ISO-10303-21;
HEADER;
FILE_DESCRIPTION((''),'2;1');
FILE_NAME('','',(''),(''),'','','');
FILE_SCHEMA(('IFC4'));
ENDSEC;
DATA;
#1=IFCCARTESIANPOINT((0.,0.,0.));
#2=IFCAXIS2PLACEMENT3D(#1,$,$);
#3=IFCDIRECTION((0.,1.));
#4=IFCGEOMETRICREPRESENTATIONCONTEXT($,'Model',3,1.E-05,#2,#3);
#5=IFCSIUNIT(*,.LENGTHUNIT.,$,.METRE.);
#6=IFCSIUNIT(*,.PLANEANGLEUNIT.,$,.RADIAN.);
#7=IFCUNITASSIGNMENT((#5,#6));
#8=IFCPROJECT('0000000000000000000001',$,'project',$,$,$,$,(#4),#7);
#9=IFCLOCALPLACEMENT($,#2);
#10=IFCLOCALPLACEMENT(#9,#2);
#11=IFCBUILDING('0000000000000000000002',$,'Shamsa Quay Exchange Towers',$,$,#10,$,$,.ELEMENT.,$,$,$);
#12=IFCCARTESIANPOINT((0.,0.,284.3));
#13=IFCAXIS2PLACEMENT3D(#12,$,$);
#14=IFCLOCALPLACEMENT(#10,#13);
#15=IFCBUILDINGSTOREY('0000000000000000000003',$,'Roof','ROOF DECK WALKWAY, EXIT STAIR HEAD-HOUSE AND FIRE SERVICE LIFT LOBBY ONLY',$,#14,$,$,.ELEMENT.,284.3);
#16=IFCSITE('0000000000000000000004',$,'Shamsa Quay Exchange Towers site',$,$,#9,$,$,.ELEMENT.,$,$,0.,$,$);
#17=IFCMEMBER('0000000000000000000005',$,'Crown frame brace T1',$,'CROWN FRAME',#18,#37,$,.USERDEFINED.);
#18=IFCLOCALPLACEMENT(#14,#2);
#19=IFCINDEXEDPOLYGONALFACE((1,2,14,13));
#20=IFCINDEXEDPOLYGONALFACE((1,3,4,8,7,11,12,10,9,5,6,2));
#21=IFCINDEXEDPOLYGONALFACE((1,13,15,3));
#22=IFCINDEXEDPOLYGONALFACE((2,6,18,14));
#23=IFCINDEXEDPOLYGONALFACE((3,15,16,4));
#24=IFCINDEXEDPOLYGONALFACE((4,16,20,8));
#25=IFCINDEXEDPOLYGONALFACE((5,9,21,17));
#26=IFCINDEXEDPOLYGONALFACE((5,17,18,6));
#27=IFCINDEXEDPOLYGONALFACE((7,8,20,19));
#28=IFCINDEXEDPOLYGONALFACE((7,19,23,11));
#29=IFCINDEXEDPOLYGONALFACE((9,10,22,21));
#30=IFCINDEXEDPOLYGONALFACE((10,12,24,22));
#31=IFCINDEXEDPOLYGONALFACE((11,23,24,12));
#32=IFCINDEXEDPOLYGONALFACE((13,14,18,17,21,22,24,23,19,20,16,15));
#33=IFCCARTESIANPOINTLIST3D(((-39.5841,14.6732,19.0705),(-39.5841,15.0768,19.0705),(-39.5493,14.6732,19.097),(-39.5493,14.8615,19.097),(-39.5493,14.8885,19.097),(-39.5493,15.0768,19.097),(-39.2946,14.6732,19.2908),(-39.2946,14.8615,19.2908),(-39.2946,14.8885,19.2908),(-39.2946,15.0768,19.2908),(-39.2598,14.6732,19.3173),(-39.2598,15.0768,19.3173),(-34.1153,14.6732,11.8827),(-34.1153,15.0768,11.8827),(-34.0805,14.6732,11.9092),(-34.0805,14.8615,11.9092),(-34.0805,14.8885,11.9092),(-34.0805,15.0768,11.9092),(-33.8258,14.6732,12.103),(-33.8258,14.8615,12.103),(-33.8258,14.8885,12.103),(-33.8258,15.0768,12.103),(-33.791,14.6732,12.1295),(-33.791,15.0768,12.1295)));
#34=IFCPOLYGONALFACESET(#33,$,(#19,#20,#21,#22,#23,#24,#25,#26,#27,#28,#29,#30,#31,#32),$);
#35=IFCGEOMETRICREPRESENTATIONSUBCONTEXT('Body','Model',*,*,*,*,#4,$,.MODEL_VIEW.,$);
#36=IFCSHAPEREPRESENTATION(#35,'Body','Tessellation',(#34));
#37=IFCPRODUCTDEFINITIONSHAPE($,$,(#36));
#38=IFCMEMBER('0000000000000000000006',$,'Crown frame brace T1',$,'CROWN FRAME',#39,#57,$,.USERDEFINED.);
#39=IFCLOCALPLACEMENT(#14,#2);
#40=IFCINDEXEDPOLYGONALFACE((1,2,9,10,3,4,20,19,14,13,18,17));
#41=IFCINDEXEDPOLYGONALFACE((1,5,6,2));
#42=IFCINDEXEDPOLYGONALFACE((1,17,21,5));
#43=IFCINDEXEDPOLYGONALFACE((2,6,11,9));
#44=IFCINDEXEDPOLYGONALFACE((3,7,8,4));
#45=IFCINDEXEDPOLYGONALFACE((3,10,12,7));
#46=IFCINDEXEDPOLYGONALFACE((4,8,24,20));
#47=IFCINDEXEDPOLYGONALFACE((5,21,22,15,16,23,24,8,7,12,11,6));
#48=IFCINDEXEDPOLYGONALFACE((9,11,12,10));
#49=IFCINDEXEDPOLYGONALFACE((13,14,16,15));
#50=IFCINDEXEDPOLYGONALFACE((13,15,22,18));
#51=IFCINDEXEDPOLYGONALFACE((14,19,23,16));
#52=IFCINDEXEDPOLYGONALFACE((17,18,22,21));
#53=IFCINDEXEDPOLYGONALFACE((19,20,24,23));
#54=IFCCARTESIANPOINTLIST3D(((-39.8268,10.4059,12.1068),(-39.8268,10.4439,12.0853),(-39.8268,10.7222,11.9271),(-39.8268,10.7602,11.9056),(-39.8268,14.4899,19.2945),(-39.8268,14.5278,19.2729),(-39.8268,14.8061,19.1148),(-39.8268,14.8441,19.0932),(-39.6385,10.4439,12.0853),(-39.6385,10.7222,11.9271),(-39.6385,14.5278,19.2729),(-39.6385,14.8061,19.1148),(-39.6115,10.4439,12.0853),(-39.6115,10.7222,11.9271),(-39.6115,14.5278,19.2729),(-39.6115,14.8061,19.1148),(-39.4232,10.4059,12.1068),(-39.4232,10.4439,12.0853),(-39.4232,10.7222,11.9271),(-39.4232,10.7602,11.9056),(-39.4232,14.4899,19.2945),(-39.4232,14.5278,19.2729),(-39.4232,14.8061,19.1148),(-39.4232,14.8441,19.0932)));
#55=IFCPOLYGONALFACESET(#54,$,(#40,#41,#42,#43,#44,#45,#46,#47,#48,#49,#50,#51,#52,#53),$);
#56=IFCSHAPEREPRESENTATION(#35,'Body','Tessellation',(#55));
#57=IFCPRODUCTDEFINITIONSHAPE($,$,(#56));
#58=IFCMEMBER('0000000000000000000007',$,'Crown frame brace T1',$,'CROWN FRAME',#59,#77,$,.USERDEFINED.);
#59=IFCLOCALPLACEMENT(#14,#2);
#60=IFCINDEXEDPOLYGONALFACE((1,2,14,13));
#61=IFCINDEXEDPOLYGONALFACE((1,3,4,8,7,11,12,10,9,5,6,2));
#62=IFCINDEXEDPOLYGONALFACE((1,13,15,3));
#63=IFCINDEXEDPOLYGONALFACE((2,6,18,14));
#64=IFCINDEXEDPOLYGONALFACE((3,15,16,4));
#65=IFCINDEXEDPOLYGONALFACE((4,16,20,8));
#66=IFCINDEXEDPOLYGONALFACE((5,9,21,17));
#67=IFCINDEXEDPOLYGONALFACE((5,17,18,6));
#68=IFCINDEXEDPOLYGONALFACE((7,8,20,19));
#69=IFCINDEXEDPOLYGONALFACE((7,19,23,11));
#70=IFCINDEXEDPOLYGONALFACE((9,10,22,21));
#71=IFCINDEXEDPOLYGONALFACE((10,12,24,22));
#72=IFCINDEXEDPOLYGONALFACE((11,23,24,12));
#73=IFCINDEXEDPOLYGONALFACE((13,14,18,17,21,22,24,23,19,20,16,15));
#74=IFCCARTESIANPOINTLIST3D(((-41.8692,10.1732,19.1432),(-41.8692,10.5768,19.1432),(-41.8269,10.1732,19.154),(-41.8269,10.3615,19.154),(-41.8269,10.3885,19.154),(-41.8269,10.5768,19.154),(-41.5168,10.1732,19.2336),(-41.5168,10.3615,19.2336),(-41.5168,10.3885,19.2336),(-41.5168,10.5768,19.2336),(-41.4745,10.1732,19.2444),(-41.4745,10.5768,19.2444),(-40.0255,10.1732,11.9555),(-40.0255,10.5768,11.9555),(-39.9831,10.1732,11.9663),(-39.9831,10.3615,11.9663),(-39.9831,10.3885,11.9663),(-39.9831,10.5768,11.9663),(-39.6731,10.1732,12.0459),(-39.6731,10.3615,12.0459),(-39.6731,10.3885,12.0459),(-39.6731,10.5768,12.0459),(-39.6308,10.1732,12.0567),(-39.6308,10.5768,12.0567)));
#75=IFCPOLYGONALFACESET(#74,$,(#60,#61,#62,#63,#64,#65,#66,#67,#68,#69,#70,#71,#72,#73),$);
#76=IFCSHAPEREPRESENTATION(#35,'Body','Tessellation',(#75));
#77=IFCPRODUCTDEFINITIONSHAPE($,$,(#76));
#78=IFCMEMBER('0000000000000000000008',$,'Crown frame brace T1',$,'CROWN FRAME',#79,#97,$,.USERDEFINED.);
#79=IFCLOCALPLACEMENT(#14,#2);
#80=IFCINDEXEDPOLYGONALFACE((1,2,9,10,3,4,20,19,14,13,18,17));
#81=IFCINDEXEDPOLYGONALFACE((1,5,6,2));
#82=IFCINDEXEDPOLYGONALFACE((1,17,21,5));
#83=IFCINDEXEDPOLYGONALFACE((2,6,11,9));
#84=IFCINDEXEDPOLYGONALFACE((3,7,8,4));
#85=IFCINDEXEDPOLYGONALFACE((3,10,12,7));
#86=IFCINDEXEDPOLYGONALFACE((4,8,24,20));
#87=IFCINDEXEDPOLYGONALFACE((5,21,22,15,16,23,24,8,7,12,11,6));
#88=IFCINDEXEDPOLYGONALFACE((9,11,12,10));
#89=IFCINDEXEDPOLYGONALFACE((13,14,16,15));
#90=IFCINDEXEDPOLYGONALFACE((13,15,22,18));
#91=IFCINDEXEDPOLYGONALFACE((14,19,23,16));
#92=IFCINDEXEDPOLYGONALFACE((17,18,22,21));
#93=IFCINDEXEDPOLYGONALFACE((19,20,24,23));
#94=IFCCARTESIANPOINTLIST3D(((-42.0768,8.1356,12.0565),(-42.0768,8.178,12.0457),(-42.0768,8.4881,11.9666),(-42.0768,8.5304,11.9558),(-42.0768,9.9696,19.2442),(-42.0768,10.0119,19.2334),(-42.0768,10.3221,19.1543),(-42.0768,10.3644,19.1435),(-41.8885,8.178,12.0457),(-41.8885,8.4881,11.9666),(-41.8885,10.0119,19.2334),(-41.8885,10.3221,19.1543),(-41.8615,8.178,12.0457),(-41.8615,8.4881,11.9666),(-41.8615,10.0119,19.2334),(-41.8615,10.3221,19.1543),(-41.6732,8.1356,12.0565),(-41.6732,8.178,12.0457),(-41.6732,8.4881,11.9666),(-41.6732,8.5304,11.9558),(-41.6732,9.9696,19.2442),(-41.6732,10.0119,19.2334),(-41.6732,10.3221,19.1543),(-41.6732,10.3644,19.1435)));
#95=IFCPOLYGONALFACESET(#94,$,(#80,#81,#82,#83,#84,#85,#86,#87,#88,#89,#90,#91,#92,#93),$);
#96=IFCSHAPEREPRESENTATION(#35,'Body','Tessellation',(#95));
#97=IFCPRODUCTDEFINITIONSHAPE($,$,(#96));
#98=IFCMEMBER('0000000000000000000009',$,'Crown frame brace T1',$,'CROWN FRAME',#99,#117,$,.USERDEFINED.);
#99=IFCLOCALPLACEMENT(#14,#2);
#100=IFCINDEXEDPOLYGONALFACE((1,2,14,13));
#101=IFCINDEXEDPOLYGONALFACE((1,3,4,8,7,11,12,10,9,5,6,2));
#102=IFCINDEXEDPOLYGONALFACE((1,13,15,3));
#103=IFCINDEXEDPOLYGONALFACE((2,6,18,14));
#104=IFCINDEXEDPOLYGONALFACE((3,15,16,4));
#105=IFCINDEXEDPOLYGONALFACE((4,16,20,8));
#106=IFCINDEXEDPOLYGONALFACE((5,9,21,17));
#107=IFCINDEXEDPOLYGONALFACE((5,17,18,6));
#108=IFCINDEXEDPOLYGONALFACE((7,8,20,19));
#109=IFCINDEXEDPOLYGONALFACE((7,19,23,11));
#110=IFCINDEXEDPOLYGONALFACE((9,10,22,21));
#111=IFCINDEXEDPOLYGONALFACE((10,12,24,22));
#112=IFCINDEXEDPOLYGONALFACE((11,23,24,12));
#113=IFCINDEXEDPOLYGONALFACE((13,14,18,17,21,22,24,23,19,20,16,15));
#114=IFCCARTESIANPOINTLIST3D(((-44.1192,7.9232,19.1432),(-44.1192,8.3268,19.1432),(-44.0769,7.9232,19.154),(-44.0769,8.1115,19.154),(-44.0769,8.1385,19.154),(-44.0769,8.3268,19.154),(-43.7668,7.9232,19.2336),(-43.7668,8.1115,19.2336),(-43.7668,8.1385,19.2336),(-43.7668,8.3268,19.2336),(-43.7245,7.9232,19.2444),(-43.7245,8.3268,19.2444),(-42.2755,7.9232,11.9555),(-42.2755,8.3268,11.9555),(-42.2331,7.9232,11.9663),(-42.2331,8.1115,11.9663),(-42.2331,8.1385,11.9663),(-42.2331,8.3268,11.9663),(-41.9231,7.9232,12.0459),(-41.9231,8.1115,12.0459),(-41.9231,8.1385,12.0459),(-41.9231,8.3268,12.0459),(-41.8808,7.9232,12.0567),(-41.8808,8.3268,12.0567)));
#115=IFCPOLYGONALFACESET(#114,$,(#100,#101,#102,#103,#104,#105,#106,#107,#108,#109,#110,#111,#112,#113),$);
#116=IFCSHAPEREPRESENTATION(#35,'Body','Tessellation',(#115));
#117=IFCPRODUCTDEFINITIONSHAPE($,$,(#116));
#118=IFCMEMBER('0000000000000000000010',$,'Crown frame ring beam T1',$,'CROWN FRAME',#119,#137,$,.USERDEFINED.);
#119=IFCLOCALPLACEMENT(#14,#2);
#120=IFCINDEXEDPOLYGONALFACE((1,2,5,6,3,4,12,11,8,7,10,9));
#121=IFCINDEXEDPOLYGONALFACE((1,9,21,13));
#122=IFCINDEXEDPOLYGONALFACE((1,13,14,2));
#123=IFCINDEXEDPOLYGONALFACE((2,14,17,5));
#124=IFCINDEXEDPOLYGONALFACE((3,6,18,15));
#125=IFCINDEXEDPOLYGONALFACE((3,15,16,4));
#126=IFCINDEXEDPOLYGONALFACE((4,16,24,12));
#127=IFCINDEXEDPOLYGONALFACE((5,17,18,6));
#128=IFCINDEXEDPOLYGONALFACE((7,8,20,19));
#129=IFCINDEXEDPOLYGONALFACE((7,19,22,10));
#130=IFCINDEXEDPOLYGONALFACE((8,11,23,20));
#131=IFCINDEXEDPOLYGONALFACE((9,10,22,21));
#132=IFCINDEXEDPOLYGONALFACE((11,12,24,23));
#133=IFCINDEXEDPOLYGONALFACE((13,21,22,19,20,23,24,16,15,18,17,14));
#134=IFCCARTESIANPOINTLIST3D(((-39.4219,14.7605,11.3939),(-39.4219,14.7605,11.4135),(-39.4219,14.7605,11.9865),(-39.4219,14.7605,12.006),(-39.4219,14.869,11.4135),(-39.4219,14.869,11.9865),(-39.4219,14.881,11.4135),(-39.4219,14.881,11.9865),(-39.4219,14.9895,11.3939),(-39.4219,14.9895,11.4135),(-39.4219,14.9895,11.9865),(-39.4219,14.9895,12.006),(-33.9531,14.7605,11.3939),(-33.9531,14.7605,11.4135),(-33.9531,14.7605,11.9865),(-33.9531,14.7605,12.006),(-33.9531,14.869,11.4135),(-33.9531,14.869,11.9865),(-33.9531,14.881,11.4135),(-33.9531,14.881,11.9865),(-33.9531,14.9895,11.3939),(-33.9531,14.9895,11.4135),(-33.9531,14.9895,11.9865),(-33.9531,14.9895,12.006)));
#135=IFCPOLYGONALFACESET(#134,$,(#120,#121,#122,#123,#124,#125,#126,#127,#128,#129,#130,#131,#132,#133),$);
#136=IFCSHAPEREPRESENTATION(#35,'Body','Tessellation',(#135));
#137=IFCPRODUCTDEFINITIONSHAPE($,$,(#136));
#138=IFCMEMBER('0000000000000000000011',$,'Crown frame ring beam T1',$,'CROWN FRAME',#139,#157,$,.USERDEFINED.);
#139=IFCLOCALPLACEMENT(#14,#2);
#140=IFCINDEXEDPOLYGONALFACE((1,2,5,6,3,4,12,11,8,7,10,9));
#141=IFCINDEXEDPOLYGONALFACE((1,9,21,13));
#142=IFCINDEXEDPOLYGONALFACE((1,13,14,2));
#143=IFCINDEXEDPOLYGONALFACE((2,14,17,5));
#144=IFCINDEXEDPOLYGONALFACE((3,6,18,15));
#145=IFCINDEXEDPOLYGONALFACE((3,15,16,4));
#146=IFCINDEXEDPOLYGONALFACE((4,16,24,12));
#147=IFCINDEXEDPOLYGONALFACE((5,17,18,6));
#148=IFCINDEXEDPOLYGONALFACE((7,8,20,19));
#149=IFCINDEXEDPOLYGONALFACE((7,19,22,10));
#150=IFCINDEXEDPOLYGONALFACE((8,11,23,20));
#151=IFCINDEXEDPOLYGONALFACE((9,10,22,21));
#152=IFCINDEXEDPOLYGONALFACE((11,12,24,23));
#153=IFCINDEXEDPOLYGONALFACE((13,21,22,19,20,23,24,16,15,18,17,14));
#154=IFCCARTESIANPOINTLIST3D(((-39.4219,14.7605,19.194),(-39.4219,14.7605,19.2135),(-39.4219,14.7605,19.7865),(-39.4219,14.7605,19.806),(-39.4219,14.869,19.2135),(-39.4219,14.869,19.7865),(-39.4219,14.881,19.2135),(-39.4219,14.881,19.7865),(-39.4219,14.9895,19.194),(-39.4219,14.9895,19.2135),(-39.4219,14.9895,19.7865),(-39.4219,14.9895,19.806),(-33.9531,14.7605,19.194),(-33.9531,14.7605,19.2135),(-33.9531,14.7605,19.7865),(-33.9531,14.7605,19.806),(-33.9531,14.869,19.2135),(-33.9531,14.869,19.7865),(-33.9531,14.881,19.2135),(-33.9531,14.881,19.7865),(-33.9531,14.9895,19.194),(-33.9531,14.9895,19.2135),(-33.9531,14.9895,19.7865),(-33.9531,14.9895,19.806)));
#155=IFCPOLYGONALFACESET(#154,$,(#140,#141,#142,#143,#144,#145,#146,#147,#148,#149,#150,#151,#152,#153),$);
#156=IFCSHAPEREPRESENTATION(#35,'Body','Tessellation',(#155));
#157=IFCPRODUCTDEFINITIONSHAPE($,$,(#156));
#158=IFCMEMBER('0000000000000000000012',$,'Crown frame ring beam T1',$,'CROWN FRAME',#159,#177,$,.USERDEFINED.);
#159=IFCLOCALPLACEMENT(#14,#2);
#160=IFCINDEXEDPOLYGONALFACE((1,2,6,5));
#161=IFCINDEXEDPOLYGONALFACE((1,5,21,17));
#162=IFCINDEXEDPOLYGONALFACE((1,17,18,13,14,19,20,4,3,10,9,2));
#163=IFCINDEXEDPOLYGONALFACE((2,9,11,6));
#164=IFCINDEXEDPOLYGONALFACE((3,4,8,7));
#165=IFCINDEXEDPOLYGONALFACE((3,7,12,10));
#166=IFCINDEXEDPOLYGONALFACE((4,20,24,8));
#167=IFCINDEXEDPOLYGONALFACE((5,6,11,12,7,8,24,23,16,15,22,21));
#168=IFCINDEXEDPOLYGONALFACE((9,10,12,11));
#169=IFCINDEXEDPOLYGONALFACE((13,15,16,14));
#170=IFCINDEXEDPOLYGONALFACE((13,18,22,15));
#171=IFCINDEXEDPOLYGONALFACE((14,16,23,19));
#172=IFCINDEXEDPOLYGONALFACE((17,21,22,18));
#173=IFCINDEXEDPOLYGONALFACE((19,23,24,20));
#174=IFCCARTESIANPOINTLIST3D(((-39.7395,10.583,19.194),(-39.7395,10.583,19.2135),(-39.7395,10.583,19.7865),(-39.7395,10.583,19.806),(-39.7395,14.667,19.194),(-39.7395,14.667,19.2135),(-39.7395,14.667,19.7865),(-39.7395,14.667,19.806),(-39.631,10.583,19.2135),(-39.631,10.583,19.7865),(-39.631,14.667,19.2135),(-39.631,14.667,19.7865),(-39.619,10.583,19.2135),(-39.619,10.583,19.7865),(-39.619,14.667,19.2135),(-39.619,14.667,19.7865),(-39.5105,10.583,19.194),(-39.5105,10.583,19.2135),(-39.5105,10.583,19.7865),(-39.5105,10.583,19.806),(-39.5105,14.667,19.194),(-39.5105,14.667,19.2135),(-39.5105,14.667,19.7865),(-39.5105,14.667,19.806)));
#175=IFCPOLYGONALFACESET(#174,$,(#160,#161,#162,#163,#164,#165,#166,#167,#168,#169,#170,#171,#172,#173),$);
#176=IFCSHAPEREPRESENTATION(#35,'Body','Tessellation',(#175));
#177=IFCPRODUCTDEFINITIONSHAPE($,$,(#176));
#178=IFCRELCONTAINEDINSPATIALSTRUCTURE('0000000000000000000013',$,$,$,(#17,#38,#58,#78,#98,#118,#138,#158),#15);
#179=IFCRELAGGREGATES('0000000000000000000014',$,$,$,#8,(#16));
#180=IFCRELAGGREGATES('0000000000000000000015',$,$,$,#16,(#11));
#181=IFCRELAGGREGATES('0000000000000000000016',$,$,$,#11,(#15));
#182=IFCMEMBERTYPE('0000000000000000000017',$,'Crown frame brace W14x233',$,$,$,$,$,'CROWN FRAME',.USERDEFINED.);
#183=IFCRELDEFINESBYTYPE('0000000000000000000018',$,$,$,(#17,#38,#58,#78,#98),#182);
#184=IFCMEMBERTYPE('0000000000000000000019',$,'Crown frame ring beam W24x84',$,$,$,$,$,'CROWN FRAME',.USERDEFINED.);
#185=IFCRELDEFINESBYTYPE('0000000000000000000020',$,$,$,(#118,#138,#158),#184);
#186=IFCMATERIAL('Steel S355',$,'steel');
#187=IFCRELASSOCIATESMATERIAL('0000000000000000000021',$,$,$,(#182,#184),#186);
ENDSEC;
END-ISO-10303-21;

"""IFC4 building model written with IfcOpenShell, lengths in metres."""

from ifc_helpers import new_model, si_unit, direction, frame, origin, origin_2d, place, context, subcontext, project, spatial, i_section, extrude, material, material_profile, profile_set, type_object, element, save


model = new_model("IFC4")

# Units and contexts
model_context = context("Model", 3, precision=1e-05, world=origin(), true_north=direction((0.0, 1.0)))
body_context = subcontext(model_context, "Body", "Model", "MODEL_VIEW")
ifc_project = project(units=[si_unit("LENGTHUNIT", "METRE"), si_unit("PLANEANGLEUNIT", "RADIAN")], contexts=[model_context])

# Site, building, storey
site_placement = place(None, origin())
site = spatial("IfcSite", under=ifc_project, at=site_placement, Name="Shamsa Quay Exchange Towers site", CompositionType="ELEMENT", RefElevation=0.0)
building_placement = place(site_placement, origin())
building = spatial("IfcBuilding", under=site, at=building_placement, Name="Shamsa Quay Exchange Towers", CompositionType="ELEMENT")
storey_placement = place(building_placement, frame((0.0, 0.0, 284.3)))
storey = spatial("IfcBuildingStorey", under=building, at=storey_placement, Name="Roof", Description="ROOF DECK WALKWAY, EXIT STAIR HEAD-HOUSE AND FIRE SERVICE LIFT LOBBY ONLY", CompositionType="ELEMENT", Elevation=284.3)

# Members
ifc_material_1 = material(Name="Steel S355", Category="steel")
ifc_material_profile_1 = material_profile(ifc_material_1, i_section(OverallWidth=0.4036, OverallDepth=0.4075, WebThickness=0.0271, FlangeThickness=0.0437, at=origin_2d()), Name="W14x233")
ifc_profile_set_1 = profile_set([ifc_material_profile_1], Name="Steel S355")
member_type_1 = type_object("IfcMemberType", Name="Crown frame brace W14x233", ElementType="CROWN FRAME", PredefinedType="USERDEFINED", material=ifc_profile_set_1)
member_1_placement = place(storey_placement, frame((-33.9531, 14.875, 12.0061), z_axis=(-0.605509, 0.0, 0.795839), x_axis=(0.0, -1.0, 0.0)))
element("IfcMember", 1, at=member_1_placement, inside=storey, type_object=member_type_1, Name="Crown frame brace T1", ObjectType="CROWN FRAME", PredefinedType="USERDEFINED", context=body_context, shape_type="SweptSolid", body=[
    extrude(i_section(OverallWidth=0.4036, OverallDepth=0.4075, WebThickness=0.0271, FlangeThickness=0.0437, at=origin_2d()), origin(), (0.0, 0.0, 1.0), 9.0317),
])
member_2_placement = place(storey_placement, frame((-39.625, 14.667, 19.1938), z_axis=(0.0, -0.494013, -0.869455), x_axis=(1.0, 0.0, 0.0)))
element("IfcMember", 2, at=member_2_placement, inside=storey, type_object=member_type_1, Name="Crown frame brace T1", ObjectType="CROWN FRAME", PredefinedType="USERDEFINED", context=body_context, shape_type="SweptSolid", body=[
    extrude(i_section(OverallWidth=0.4036, OverallDepth=0.4075, WebThickness=0.0271, FlangeThickness=0.0437, at=origin_2d()), origin(), (0.0, 0.0, 1.0), 8.2668),
])
member_3_placement = place(storey_placement, frame((-39.8281, 10.375, 12.0061), z_axis=(-0.248469, 0.0, 0.96864), x_axis=(0.0, -1.0, 0.0)))
element("IfcMember", 3, at=member_3_placement, inside=storey, type_object=member_type_1, Name="Crown frame brace T1", ObjectType="CROWN FRAME", PredefinedType="USERDEFINED", context=body_context, shape_type="SweptSolid", body=[
    extrude(i_section(OverallWidth=0.4036, OverallDepth=0.4075, WebThickness=0.0271, FlangeThickness=0.0437, at=origin_2d()), origin(), (0.0, 0.0, 1.0), 7.4204),
])
member_4_placement = place(storey_placement, frame((-41.875, 10.167, 19.1938), z_axis=(0.0, -0.247233, -0.968956), x_axis=(1.0, 0.0, 0.0)))
element("IfcMember", 4, at=member_4_placement, inside=storey, type_object=member_type_1, Name="Crown frame brace T1", ObjectType="CROWN FRAME", PredefinedType="USERDEFINED", context=body_context, shape_type="SweptSolid", body=[
    extrude(i_section(OverallWidth=0.4036, OverallDepth=0.4075, WebThickness=0.0271, FlangeThickness=0.0437, at=origin_2d()), origin(), (0.0, 0.0, 1.0), 7.418),
])
member_5_placement = place(storey_placement, frame((-42.0781, 8.125, 12.0061), z_axis=(-0.248469, 0.0, 0.96864), x_axis=(0.0, -1.0, 0.0)))
element("IfcMember", 5, at=member_5_placement, inside=storey, type_object=member_type_1, Name="Crown frame brace T1", ObjectType="CROWN FRAME", PredefinedType="USERDEFINED", context=body_context, shape_type="SweptSolid", body=[
    extrude(i_section(OverallWidth=0.4036, OverallDepth=0.4075, WebThickness=0.0271, FlangeThickness=0.0437, at=origin_2d()), origin(), (0.0, 0.0, 1.0), 7.4204),
])
ifc_material_profile_2 = material_profile(ifc_material_1, i_section(OverallWidth=0.229, OverallDepth=0.6121, WebThickness=0.012, FlangeThickness=0.0195, at=origin_2d()), Name="W24x84")
ifc_profile_set_2 = profile_set([ifc_material_profile_2], Name="Steel S355")
member_type_2 = type_object("IfcMemberType", Name="Crown frame ring beam W24x84", ElementType="CROWN FRAME", PredefinedType="USERDEFINED", material=ifc_profile_set_2)
for number, where, z_axis, x_axis, name in (
    (6, (-33.9531, 14.875, 11.7), (-1.0, 0.0, 0.0), (0.0, -1.0, 0.0), "Crown frame ring beam T1"),
    (7, (-33.9531, 14.875, 19.5), (-1.0, 0.0, 0.0), (0.0, -1.0, 0.0), "Crown frame ring beam T1"),
):
    element("IfcMember", number, at=place(storey_placement, frame(where, z_axis=z_axis, x_axis=x_axis)), inside=storey, type_object=member_type_2, Name=name, ObjectType="CROWN FRAME", PredefinedType="USERDEFINED", context=body_context, shape_type="SweptSolid", body=[
        extrude(i_section(OverallWidth=0.229, OverallDepth=0.6121, WebThickness=0.012, FlangeThickness=0.0195, at=origin_2d()), origin(), (0.0, 0.0, 1.0), 5.4688),
    ])
member_6_placement = place(storey_placement, frame((-39.625, 14.667, 19.5), z_axis=(0.0, -1.0, 0.0), x_axis=(1.0, 0.0, 0.0)))
element("IfcMember", 8, at=member_6_placement, inside=storey, type_object=member_type_2, Name="Crown frame ring beam T1", ObjectType="CROWN FRAME", PredefinedType="USERDEFINED", context=body_context, shape_type="SweptSolid", body=[
    extrude(i_section(OverallWidth=0.229, OverallDepth=0.6121, WebThickness=0.012, FlangeThickness=0.0195, at=origin_2d()), origin(), (0.0, 0.0, 1.0), 4.084),
])

save(model, "model.ifc")
